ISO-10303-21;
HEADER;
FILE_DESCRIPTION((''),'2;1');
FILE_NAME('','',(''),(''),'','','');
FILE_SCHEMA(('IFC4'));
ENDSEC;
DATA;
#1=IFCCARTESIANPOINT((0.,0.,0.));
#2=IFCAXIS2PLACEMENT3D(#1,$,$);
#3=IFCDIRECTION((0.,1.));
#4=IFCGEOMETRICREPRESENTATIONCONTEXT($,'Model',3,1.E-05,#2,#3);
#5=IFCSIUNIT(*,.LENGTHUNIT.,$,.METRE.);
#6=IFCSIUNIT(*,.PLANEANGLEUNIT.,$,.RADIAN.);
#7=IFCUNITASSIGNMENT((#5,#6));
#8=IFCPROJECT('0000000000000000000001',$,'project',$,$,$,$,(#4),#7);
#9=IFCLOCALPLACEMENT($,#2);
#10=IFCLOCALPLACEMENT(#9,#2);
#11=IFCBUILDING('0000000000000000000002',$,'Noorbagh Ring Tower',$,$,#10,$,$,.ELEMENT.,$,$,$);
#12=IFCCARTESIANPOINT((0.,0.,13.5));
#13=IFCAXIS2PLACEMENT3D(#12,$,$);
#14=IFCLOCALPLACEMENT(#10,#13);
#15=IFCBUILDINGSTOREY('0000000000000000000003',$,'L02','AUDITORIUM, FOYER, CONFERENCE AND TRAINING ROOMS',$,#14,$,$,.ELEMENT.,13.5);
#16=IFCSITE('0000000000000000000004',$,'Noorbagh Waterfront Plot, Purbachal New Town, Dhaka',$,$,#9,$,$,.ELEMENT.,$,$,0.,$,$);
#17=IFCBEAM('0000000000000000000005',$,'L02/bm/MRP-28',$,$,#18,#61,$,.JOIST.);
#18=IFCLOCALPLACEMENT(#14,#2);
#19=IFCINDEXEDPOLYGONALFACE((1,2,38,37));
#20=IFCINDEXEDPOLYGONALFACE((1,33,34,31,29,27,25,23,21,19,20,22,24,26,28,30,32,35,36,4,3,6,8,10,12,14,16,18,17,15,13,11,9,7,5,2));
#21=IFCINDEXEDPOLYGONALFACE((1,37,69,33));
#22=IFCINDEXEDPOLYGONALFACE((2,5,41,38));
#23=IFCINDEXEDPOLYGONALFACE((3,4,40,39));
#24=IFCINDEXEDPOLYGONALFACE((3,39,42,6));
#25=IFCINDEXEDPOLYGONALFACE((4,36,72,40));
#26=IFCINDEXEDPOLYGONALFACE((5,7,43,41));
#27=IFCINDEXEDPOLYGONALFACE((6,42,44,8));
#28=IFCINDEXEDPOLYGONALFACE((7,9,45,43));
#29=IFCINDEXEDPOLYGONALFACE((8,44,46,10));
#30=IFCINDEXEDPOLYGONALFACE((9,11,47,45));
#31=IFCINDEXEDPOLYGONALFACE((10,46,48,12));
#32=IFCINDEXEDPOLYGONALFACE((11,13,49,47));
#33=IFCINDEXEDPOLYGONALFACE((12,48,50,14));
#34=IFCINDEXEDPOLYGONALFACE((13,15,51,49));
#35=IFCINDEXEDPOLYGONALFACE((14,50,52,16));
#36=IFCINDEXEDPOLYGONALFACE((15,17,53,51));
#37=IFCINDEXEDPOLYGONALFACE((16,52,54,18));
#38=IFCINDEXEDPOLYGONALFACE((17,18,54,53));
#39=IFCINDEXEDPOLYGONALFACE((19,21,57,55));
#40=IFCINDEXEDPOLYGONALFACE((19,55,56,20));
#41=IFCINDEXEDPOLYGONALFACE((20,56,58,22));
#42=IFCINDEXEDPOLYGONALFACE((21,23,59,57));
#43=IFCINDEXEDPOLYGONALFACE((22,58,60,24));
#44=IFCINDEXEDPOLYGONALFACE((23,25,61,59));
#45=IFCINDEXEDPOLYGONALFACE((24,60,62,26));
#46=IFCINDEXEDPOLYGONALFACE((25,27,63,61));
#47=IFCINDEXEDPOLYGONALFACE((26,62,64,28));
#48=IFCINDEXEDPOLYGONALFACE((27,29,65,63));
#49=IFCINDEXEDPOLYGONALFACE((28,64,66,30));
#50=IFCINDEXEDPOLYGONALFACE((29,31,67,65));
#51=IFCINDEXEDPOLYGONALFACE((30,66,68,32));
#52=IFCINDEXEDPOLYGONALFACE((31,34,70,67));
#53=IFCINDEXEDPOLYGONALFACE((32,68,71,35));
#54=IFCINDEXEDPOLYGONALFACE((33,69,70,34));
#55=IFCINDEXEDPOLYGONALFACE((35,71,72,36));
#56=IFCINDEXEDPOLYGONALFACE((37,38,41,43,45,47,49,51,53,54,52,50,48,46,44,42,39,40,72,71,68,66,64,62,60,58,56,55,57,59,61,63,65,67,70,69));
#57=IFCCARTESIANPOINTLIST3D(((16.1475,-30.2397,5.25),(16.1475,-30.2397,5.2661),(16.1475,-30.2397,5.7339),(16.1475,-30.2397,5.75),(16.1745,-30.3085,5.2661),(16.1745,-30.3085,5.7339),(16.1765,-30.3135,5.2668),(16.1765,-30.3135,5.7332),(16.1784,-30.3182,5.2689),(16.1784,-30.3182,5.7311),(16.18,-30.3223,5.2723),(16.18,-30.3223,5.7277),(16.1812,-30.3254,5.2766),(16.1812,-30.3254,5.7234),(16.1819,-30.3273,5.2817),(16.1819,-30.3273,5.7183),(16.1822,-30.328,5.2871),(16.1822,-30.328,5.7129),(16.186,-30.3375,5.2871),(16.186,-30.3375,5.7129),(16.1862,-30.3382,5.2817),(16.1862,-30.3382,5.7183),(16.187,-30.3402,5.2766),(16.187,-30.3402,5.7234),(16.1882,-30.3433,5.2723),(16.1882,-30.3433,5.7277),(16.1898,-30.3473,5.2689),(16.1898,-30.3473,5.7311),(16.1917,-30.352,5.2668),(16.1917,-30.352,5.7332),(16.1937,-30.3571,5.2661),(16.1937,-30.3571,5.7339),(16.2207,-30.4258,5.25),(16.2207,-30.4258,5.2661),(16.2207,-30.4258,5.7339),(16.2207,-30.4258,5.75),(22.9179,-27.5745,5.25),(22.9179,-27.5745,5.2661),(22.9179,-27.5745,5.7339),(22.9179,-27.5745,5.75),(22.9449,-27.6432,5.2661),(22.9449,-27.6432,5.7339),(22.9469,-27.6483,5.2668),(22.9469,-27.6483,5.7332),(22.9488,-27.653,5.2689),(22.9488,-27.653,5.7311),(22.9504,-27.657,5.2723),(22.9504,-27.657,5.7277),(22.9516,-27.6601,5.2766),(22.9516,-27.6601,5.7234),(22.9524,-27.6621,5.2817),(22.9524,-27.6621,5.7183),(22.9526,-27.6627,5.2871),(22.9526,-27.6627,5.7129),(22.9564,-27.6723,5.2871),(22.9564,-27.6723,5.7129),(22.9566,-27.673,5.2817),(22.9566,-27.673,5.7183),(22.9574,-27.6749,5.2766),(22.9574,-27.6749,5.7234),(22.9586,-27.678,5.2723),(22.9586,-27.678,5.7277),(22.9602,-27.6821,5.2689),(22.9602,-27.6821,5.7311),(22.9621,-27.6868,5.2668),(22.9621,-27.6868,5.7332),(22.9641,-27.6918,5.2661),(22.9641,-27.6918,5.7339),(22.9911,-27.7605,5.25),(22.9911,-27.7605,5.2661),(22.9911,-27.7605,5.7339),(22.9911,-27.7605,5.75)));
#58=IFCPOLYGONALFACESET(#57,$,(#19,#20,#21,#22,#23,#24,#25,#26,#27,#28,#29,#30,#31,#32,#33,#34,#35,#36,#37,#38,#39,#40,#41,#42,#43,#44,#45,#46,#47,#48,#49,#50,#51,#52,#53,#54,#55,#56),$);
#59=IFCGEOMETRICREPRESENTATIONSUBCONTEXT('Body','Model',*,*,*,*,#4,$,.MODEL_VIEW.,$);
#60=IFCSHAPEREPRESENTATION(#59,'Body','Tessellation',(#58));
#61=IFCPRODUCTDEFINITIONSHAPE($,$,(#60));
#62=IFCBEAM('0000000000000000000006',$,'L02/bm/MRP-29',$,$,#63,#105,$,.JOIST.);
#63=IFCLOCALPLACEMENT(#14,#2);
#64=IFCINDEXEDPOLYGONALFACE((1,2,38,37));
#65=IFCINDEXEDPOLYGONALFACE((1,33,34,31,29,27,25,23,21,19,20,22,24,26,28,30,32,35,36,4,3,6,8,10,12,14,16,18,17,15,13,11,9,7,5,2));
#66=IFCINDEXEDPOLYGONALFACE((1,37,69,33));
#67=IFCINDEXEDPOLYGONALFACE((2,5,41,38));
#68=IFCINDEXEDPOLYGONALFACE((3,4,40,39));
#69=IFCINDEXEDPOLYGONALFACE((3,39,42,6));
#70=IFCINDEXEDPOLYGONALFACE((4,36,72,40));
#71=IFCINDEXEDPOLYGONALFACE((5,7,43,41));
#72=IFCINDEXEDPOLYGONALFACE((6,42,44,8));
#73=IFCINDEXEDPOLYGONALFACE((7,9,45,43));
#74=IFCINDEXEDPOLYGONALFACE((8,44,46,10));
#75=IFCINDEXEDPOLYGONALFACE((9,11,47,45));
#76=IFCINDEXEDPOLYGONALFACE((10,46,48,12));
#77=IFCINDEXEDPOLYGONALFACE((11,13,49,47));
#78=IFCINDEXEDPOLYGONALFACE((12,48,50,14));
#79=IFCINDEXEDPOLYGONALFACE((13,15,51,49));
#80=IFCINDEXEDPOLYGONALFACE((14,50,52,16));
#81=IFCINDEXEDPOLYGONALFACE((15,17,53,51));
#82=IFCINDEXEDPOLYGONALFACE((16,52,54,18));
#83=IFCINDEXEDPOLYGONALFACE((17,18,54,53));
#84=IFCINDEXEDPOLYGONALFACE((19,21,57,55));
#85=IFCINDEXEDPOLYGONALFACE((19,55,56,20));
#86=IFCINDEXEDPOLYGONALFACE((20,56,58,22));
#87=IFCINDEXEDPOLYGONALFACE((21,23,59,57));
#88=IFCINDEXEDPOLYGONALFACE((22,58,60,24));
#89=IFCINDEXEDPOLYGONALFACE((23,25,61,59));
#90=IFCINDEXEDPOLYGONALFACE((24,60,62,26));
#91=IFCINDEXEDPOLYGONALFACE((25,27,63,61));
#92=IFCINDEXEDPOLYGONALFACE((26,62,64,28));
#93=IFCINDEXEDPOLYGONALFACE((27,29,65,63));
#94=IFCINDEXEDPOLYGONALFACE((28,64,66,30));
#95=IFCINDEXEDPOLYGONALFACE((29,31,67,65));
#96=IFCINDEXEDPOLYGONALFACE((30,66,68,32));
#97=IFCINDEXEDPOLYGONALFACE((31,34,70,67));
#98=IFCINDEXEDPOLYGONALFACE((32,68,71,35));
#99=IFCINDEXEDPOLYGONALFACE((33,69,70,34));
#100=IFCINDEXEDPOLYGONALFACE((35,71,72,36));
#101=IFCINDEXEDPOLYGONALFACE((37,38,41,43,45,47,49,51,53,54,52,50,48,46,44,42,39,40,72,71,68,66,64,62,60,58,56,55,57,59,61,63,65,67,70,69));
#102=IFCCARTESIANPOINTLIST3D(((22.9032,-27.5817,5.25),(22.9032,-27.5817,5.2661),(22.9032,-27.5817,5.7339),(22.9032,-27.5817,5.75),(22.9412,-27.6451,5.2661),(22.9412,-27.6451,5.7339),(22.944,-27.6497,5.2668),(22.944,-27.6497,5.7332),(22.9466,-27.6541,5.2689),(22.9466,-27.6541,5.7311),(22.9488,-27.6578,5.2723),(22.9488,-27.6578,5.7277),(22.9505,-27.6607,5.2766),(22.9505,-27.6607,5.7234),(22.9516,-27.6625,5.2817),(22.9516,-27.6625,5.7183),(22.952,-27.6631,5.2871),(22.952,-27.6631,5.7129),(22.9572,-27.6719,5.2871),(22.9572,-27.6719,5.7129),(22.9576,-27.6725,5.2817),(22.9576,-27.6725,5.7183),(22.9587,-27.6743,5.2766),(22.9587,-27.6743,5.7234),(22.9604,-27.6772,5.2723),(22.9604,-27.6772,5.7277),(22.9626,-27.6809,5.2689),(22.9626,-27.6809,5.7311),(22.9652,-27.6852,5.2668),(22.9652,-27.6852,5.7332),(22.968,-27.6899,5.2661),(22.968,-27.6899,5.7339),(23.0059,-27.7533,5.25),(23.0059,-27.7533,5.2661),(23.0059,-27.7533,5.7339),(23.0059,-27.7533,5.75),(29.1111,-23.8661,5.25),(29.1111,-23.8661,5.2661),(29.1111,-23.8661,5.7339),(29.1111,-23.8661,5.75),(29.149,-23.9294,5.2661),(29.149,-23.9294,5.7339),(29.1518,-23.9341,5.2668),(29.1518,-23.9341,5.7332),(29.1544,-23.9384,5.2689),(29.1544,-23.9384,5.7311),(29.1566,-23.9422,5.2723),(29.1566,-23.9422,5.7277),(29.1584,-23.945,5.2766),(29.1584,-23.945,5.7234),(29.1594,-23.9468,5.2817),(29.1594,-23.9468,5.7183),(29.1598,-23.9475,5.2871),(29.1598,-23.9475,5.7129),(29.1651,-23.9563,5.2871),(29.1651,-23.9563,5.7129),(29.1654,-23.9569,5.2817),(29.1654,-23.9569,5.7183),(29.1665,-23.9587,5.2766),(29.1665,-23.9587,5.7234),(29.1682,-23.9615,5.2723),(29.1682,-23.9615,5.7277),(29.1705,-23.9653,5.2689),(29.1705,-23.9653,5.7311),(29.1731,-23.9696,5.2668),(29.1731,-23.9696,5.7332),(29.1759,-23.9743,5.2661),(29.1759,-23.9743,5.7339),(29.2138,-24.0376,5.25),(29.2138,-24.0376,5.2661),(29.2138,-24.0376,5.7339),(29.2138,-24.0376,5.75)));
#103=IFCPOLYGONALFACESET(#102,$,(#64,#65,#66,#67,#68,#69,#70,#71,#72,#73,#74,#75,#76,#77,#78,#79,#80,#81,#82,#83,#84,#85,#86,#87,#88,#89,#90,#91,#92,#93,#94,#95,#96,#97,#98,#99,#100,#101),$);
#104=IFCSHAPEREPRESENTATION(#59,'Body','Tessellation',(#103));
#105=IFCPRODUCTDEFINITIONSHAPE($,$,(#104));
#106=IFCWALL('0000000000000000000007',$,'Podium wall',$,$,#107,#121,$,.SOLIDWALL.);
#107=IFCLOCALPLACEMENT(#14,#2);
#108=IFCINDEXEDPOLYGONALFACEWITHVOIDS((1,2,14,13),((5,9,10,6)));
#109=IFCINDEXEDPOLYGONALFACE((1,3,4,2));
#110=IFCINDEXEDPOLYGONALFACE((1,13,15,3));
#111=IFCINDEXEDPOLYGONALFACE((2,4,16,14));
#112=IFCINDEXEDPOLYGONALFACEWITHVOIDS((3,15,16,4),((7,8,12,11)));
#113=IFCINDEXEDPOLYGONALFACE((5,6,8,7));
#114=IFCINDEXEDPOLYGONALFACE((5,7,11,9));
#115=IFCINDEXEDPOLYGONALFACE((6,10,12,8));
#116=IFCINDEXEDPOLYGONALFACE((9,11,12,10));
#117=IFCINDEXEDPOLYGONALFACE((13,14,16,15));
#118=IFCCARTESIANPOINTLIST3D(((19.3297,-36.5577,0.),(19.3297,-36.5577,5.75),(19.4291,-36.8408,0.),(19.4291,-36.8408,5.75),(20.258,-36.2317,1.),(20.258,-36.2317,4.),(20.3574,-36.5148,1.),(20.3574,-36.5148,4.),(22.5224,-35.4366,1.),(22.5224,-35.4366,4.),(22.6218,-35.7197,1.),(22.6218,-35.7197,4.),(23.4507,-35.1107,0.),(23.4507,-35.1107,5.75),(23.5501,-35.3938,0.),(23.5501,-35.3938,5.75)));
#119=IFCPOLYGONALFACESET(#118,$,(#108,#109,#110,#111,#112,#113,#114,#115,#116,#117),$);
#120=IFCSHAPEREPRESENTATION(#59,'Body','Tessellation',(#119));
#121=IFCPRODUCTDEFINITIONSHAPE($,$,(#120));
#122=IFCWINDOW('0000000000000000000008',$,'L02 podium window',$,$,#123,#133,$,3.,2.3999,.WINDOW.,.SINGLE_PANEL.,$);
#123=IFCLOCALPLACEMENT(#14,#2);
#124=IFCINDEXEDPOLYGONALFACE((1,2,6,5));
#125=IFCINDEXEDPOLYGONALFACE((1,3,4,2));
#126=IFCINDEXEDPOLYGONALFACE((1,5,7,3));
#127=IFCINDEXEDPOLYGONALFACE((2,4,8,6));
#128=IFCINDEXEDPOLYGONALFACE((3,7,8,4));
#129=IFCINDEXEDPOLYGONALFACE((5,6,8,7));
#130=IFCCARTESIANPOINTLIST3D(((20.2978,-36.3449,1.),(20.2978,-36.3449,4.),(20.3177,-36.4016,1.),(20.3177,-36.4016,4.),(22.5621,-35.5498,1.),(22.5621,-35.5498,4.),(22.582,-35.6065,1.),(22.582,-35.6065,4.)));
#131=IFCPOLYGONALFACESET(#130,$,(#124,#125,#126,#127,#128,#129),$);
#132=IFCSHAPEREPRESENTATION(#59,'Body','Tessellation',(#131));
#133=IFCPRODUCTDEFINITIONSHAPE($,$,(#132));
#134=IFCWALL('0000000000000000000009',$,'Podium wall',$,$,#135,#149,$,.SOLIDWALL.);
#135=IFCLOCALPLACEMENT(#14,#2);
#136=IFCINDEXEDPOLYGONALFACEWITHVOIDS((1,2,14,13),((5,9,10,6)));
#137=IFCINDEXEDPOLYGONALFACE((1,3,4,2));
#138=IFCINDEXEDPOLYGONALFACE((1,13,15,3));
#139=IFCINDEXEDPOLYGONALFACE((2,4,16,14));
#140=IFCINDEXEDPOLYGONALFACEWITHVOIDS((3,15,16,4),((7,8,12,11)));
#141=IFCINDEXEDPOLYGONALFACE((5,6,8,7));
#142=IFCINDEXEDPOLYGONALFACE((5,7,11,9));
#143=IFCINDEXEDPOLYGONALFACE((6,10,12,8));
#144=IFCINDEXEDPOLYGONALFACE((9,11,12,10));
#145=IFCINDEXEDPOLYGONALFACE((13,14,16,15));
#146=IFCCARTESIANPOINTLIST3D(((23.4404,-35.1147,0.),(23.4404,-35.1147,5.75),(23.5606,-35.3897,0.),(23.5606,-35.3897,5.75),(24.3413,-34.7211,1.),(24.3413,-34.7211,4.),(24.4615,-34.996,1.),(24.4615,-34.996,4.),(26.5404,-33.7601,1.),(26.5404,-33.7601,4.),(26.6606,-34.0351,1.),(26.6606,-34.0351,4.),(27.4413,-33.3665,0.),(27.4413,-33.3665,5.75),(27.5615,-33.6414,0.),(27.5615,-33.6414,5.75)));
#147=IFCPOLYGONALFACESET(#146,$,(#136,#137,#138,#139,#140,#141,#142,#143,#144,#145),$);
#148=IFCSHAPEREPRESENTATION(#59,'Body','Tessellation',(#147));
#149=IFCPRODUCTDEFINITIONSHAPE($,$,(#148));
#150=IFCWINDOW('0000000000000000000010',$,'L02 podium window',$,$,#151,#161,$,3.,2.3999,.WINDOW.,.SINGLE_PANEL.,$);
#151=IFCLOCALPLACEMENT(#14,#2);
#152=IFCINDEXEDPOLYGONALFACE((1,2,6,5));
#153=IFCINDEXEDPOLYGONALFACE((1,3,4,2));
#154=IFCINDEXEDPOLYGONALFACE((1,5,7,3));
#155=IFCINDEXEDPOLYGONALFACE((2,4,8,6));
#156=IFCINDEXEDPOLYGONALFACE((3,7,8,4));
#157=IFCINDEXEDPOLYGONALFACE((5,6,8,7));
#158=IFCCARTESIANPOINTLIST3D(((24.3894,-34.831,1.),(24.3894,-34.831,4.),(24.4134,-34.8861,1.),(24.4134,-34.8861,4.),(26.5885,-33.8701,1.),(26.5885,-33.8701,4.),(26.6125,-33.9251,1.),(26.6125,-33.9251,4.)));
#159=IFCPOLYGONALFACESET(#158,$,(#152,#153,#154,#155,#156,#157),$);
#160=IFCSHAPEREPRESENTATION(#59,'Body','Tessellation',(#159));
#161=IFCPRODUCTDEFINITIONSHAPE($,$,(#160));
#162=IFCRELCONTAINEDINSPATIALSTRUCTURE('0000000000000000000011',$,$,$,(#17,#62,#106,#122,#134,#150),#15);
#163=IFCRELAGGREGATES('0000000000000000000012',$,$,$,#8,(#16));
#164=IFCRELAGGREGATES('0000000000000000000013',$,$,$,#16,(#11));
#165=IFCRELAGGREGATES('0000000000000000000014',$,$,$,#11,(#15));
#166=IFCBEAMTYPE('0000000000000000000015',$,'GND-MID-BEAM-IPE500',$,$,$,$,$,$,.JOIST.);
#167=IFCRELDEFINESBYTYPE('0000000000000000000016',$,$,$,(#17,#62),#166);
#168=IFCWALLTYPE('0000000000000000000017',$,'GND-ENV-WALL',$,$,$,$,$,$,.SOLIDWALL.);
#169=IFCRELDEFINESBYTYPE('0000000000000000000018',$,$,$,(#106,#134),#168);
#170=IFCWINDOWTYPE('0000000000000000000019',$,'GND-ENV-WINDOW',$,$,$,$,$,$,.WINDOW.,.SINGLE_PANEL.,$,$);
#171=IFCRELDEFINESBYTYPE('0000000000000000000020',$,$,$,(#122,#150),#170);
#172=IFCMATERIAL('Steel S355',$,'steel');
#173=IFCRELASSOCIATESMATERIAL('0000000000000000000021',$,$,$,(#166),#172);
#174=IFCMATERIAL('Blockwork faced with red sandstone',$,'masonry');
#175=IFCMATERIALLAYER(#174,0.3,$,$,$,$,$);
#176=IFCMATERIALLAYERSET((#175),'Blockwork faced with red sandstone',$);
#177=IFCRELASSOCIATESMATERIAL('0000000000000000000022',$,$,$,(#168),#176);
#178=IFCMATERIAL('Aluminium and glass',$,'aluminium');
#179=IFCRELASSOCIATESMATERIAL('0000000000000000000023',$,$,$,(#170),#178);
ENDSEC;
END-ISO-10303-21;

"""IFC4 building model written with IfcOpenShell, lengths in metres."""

from ifc_helpers import new_model, si_unit, direction, frame, frame_2d, origin, origin_2d, place, context, subcontext, project, spatial, rectangle, i_section, extrude, material, layer, layer_set, material_profile, profile_set, type_object, element, fill, save


model = new_model("IFC4")

# Units and contexts
model_context = context("Model", 3, precision=1e-05, world=origin(), true_north=direction((0.0, 1.0)))
body_context = subcontext(model_context, "Body", "Model", "MODEL_VIEW")
ifc_project = project(units=[si_unit("LENGTHUNIT", "METRE"), si_unit("PLANEANGLEUNIT", "RADIAN")], contexts=[model_context])

# Site, building, storey
site_placement = place(None, origin())
site = spatial("IfcSite", under=ifc_project, at=site_placement, Name="Noorbagh Waterfront Plot, Purbachal New Town, Dhaka", CompositionType="ELEMENT", RefElevation=0.0)
building_placement = place(site_placement, origin())
building = spatial("IfcBuilding", under=site, at=building_placement, Name="Noorbagh Ring Tower", CompositionType="ELEMENT")
storey_placement = place(building_placement, frame((0.0, 0.0, 13.5)))
storey = spatial("IfcBuildingStorey", under=building, at=storey_placement, Name="L02", Description="AUDITORIUM, FOYER, CONFERENCE AND TRAINING ROOMS", CompositionType="ELEMENT", Elevation=13.5)

# Beams
ifc_material_1 = material(Name="Steel S355", Category="steel")
ifc_material_profile_1 = material_profile(ifc_material_1, i_section(OverallWidth=0.2, OverallDepth=0.5, WebThickness=0.0103, FlangeThickness=0.0161, FilletRadius=0.021, at=origin_2d()), Name="IPE500")
ifc_profile_set_1 = profile_set([ifc_material_profile_1], Name="Steel S355")
beam_type_1 = type_object("IfcBeamType", Name="GND-MID-BEAM-IPE500", PredefinedType="JOIST", material=ifc_profile_set_1)
beam_1_placement = place(storey_placement, frame((16.1841, -30.3328, 5.5), z_axis=(0.930497, 0.3663, 0.0), x_axis=(-0.3663, 0.930497, 0.0)))
element("IfcBeam", 1, at=beam_1_placement, inside=storey, type_object=beam_type_1, Name="L02/bm/MRP-28", PredefinedType="JOIST", context=body_context, shape_type="SweptSolid", body=[
    extrude(i_section(OverallWidth=0.2, OverallDepth=0.5, WebThickness=0.0103, FlangeThickness=0.0161, FilletRadius=0.021, at=origin_2d()), origin(), (0.0, 0.0, 1.0), 7.2761),
])
beam_2_placement = place(storey_placement, frame((22.9546, -27.6675, 5.5), z_axis=(0.858046, 0.513572, 0.0), x_axis=(-0.513572, 0.858046, 0.0)))
element("IfcBeam", 2, at=beam_2_placement, inside=storey, type_object=beam_type_1, Name="L02/bm/MRP-29", PredefinedType="JOIST", context=body_context, shape_type="SweptSolid", body=[
    extrude(i_section(OverallWidth=0.2, OverallDepth=0.5, WebThickness=0.0103, FlangeThickness=0.0161, FilletRadius=0.021, at=origin_2d()), origin(), (0.0, 0.0, 1.0), 7.2349),
])

# Walls, openings, windows
ifc_material_2 = material(Name="Blockwork faced with red sandstone", Category="masonry")
ifc_layer_1 = layer(ifc_material_2, 0.3)
ifc_layer_set_1 = layer_set([ifc_layer_1], Name="Blockwork faced with red sandstone")
wall_type = type_object("IfcWallType", Name="GND-ENV-WALL", PredefinedType="SOLIDWALL", material=ifc_layer_set_1)
wall_1_placement = place(storey_placement, frame((19.3794, -36.6992, 0.0), z_axis=(0.0, 0.0, 1.0), x_axis=(0.943527, 0.331296, 0.0)))
wall_1 = element("IfcWall", 3, at=wall_1_placement, inside=storey, type_object=wall_type, Name="Podium wall", PredefinedType="SOLIDWALL", context=body_context, shape_type="SweptSolid", body=[
    extrude(rectangle(XDim=4.3677, YDim=0.3, at=frame_2d((2.1838, 0.0))), origin(), (0.0, 0.0, 1.0), 5.75),
])
opening_1_placement = place(wall_1_placement, frame((0.9839, 0.0, 1.0)))
opening_1 = element("IfcOpeningElement", 4, at=opening_1_placement, cuts=wall_1, PredefinedType="OPENING", context=body_context, shape_type="SweptSolid", body=[
    extrude(rectangle(XDim=2.3999, YDim=3.0, at=frame_2d((1.2, 1.5))), frame((0.0, 0.1602, 0.0), z_axis=(0.0, -1.0, 0.0), x_axis=(1.0, 0.0, 0.0)), (0.0, 0.0, 1.0), 0.3201),
])
ifc_material_3 = material(Name="Aluminium and glass", Category="aluminium")
window_type = type_object("IfcWindowType", Name="GND-ENV-WINDOW", PartitioningType="SINGLE_PANEL", PredefinedType="WINDOW", material=ifc_material_3)
window_1_placement = place(opening_1_placement, origin())
window_1 = element("IfcWindow", 5, at=window_1_placement, inside=storey, type_object=window_type, Name="L02 podium window", OverallHeight=3.0, OverallWidth=2.3999, PartitioningType="SINGLE_PANEL", PredefinedType="WINDOW", context=body_context, shape_type="SweptSolid", body=[
    extrude(rectangle(XDim=2.3999, YDim=3.0, at=frame_2d((1.2, 1.5))), frame((0.0, 0.03, 0.0), z_axis=(0.0, -1.0, 0.0), x_axis=(1.0, 0.0, 0.0)), (0.0, 0.0, 1.0), 0.0601),
])
fill(opening_1, window_1)
wall_2_placement = place(storey_placement, frame((23.5005, -35.2522, 0.0), z_axis=(0.0, 0.0, 1.0), x_axis=(0.916337, 0.400408, 0.0)))
wall_2 = element("IfcWall", 6, at=wall_2_placement, inside=storey, type_object=wall_type, Name="Podium wall", PredefinedType="SOLIDWALL", context=body_context, shape_type="SweptSolid", body=[
    extrude(rectangle(XDim=4.3662, YDim=0.3, at=frame_2d((2.1831, 0.0))), origin(), (0.0, 0.0, 1.0), 5.75),
])
opening_2_placement = place(wall_2_placement, frame((0.9832, 0.0, 1.0)))
opening_2 = element("IfcOpeningElement", 7, at=opening_2_placement, cuts=wall_2, PredefinedType="OPENING", context=body_context, shape_type="SweptSolid", body=[
    extrude(rectangle(XDim=2.3999, YDim=3.0, at=frame_2d((1.2, 1.5))), frame((0.0, 0.1602, 0.0), z_axis=(0.0, -1.0, 0.0), x_axis=(1.0, 0.0, 0.0)), (0.0, 0.0, 1.0), 0.3201),
])
window_2_placement = place(opening_2_placement, origin())
window_2 = element("IfcWindow", 8, at=window_2_placement, inside=storey, type_object=window_type, Name="L02 podium window", OverallHeight=3.0, OverallWidth=2.3999, PartitioningType="SINGLE_PANEL", PredefinedType="WINDOW", context=body_context, shape_type="SweptSolid", body=[
    extrude(rectangle(XDim=2.3999, YDim=3.0, at=frame_2d((1.2, 1.5))), frame((0.0, 0.03, 0.0), z_axis=(0.0, -1.0, 0.0), x_axis=(1.0, 0.0, 0.0)), (0.0, 0.0, 1.0), 0.0601),
])
fill(opening_2, window_2)

save(model, "model.ifc")
